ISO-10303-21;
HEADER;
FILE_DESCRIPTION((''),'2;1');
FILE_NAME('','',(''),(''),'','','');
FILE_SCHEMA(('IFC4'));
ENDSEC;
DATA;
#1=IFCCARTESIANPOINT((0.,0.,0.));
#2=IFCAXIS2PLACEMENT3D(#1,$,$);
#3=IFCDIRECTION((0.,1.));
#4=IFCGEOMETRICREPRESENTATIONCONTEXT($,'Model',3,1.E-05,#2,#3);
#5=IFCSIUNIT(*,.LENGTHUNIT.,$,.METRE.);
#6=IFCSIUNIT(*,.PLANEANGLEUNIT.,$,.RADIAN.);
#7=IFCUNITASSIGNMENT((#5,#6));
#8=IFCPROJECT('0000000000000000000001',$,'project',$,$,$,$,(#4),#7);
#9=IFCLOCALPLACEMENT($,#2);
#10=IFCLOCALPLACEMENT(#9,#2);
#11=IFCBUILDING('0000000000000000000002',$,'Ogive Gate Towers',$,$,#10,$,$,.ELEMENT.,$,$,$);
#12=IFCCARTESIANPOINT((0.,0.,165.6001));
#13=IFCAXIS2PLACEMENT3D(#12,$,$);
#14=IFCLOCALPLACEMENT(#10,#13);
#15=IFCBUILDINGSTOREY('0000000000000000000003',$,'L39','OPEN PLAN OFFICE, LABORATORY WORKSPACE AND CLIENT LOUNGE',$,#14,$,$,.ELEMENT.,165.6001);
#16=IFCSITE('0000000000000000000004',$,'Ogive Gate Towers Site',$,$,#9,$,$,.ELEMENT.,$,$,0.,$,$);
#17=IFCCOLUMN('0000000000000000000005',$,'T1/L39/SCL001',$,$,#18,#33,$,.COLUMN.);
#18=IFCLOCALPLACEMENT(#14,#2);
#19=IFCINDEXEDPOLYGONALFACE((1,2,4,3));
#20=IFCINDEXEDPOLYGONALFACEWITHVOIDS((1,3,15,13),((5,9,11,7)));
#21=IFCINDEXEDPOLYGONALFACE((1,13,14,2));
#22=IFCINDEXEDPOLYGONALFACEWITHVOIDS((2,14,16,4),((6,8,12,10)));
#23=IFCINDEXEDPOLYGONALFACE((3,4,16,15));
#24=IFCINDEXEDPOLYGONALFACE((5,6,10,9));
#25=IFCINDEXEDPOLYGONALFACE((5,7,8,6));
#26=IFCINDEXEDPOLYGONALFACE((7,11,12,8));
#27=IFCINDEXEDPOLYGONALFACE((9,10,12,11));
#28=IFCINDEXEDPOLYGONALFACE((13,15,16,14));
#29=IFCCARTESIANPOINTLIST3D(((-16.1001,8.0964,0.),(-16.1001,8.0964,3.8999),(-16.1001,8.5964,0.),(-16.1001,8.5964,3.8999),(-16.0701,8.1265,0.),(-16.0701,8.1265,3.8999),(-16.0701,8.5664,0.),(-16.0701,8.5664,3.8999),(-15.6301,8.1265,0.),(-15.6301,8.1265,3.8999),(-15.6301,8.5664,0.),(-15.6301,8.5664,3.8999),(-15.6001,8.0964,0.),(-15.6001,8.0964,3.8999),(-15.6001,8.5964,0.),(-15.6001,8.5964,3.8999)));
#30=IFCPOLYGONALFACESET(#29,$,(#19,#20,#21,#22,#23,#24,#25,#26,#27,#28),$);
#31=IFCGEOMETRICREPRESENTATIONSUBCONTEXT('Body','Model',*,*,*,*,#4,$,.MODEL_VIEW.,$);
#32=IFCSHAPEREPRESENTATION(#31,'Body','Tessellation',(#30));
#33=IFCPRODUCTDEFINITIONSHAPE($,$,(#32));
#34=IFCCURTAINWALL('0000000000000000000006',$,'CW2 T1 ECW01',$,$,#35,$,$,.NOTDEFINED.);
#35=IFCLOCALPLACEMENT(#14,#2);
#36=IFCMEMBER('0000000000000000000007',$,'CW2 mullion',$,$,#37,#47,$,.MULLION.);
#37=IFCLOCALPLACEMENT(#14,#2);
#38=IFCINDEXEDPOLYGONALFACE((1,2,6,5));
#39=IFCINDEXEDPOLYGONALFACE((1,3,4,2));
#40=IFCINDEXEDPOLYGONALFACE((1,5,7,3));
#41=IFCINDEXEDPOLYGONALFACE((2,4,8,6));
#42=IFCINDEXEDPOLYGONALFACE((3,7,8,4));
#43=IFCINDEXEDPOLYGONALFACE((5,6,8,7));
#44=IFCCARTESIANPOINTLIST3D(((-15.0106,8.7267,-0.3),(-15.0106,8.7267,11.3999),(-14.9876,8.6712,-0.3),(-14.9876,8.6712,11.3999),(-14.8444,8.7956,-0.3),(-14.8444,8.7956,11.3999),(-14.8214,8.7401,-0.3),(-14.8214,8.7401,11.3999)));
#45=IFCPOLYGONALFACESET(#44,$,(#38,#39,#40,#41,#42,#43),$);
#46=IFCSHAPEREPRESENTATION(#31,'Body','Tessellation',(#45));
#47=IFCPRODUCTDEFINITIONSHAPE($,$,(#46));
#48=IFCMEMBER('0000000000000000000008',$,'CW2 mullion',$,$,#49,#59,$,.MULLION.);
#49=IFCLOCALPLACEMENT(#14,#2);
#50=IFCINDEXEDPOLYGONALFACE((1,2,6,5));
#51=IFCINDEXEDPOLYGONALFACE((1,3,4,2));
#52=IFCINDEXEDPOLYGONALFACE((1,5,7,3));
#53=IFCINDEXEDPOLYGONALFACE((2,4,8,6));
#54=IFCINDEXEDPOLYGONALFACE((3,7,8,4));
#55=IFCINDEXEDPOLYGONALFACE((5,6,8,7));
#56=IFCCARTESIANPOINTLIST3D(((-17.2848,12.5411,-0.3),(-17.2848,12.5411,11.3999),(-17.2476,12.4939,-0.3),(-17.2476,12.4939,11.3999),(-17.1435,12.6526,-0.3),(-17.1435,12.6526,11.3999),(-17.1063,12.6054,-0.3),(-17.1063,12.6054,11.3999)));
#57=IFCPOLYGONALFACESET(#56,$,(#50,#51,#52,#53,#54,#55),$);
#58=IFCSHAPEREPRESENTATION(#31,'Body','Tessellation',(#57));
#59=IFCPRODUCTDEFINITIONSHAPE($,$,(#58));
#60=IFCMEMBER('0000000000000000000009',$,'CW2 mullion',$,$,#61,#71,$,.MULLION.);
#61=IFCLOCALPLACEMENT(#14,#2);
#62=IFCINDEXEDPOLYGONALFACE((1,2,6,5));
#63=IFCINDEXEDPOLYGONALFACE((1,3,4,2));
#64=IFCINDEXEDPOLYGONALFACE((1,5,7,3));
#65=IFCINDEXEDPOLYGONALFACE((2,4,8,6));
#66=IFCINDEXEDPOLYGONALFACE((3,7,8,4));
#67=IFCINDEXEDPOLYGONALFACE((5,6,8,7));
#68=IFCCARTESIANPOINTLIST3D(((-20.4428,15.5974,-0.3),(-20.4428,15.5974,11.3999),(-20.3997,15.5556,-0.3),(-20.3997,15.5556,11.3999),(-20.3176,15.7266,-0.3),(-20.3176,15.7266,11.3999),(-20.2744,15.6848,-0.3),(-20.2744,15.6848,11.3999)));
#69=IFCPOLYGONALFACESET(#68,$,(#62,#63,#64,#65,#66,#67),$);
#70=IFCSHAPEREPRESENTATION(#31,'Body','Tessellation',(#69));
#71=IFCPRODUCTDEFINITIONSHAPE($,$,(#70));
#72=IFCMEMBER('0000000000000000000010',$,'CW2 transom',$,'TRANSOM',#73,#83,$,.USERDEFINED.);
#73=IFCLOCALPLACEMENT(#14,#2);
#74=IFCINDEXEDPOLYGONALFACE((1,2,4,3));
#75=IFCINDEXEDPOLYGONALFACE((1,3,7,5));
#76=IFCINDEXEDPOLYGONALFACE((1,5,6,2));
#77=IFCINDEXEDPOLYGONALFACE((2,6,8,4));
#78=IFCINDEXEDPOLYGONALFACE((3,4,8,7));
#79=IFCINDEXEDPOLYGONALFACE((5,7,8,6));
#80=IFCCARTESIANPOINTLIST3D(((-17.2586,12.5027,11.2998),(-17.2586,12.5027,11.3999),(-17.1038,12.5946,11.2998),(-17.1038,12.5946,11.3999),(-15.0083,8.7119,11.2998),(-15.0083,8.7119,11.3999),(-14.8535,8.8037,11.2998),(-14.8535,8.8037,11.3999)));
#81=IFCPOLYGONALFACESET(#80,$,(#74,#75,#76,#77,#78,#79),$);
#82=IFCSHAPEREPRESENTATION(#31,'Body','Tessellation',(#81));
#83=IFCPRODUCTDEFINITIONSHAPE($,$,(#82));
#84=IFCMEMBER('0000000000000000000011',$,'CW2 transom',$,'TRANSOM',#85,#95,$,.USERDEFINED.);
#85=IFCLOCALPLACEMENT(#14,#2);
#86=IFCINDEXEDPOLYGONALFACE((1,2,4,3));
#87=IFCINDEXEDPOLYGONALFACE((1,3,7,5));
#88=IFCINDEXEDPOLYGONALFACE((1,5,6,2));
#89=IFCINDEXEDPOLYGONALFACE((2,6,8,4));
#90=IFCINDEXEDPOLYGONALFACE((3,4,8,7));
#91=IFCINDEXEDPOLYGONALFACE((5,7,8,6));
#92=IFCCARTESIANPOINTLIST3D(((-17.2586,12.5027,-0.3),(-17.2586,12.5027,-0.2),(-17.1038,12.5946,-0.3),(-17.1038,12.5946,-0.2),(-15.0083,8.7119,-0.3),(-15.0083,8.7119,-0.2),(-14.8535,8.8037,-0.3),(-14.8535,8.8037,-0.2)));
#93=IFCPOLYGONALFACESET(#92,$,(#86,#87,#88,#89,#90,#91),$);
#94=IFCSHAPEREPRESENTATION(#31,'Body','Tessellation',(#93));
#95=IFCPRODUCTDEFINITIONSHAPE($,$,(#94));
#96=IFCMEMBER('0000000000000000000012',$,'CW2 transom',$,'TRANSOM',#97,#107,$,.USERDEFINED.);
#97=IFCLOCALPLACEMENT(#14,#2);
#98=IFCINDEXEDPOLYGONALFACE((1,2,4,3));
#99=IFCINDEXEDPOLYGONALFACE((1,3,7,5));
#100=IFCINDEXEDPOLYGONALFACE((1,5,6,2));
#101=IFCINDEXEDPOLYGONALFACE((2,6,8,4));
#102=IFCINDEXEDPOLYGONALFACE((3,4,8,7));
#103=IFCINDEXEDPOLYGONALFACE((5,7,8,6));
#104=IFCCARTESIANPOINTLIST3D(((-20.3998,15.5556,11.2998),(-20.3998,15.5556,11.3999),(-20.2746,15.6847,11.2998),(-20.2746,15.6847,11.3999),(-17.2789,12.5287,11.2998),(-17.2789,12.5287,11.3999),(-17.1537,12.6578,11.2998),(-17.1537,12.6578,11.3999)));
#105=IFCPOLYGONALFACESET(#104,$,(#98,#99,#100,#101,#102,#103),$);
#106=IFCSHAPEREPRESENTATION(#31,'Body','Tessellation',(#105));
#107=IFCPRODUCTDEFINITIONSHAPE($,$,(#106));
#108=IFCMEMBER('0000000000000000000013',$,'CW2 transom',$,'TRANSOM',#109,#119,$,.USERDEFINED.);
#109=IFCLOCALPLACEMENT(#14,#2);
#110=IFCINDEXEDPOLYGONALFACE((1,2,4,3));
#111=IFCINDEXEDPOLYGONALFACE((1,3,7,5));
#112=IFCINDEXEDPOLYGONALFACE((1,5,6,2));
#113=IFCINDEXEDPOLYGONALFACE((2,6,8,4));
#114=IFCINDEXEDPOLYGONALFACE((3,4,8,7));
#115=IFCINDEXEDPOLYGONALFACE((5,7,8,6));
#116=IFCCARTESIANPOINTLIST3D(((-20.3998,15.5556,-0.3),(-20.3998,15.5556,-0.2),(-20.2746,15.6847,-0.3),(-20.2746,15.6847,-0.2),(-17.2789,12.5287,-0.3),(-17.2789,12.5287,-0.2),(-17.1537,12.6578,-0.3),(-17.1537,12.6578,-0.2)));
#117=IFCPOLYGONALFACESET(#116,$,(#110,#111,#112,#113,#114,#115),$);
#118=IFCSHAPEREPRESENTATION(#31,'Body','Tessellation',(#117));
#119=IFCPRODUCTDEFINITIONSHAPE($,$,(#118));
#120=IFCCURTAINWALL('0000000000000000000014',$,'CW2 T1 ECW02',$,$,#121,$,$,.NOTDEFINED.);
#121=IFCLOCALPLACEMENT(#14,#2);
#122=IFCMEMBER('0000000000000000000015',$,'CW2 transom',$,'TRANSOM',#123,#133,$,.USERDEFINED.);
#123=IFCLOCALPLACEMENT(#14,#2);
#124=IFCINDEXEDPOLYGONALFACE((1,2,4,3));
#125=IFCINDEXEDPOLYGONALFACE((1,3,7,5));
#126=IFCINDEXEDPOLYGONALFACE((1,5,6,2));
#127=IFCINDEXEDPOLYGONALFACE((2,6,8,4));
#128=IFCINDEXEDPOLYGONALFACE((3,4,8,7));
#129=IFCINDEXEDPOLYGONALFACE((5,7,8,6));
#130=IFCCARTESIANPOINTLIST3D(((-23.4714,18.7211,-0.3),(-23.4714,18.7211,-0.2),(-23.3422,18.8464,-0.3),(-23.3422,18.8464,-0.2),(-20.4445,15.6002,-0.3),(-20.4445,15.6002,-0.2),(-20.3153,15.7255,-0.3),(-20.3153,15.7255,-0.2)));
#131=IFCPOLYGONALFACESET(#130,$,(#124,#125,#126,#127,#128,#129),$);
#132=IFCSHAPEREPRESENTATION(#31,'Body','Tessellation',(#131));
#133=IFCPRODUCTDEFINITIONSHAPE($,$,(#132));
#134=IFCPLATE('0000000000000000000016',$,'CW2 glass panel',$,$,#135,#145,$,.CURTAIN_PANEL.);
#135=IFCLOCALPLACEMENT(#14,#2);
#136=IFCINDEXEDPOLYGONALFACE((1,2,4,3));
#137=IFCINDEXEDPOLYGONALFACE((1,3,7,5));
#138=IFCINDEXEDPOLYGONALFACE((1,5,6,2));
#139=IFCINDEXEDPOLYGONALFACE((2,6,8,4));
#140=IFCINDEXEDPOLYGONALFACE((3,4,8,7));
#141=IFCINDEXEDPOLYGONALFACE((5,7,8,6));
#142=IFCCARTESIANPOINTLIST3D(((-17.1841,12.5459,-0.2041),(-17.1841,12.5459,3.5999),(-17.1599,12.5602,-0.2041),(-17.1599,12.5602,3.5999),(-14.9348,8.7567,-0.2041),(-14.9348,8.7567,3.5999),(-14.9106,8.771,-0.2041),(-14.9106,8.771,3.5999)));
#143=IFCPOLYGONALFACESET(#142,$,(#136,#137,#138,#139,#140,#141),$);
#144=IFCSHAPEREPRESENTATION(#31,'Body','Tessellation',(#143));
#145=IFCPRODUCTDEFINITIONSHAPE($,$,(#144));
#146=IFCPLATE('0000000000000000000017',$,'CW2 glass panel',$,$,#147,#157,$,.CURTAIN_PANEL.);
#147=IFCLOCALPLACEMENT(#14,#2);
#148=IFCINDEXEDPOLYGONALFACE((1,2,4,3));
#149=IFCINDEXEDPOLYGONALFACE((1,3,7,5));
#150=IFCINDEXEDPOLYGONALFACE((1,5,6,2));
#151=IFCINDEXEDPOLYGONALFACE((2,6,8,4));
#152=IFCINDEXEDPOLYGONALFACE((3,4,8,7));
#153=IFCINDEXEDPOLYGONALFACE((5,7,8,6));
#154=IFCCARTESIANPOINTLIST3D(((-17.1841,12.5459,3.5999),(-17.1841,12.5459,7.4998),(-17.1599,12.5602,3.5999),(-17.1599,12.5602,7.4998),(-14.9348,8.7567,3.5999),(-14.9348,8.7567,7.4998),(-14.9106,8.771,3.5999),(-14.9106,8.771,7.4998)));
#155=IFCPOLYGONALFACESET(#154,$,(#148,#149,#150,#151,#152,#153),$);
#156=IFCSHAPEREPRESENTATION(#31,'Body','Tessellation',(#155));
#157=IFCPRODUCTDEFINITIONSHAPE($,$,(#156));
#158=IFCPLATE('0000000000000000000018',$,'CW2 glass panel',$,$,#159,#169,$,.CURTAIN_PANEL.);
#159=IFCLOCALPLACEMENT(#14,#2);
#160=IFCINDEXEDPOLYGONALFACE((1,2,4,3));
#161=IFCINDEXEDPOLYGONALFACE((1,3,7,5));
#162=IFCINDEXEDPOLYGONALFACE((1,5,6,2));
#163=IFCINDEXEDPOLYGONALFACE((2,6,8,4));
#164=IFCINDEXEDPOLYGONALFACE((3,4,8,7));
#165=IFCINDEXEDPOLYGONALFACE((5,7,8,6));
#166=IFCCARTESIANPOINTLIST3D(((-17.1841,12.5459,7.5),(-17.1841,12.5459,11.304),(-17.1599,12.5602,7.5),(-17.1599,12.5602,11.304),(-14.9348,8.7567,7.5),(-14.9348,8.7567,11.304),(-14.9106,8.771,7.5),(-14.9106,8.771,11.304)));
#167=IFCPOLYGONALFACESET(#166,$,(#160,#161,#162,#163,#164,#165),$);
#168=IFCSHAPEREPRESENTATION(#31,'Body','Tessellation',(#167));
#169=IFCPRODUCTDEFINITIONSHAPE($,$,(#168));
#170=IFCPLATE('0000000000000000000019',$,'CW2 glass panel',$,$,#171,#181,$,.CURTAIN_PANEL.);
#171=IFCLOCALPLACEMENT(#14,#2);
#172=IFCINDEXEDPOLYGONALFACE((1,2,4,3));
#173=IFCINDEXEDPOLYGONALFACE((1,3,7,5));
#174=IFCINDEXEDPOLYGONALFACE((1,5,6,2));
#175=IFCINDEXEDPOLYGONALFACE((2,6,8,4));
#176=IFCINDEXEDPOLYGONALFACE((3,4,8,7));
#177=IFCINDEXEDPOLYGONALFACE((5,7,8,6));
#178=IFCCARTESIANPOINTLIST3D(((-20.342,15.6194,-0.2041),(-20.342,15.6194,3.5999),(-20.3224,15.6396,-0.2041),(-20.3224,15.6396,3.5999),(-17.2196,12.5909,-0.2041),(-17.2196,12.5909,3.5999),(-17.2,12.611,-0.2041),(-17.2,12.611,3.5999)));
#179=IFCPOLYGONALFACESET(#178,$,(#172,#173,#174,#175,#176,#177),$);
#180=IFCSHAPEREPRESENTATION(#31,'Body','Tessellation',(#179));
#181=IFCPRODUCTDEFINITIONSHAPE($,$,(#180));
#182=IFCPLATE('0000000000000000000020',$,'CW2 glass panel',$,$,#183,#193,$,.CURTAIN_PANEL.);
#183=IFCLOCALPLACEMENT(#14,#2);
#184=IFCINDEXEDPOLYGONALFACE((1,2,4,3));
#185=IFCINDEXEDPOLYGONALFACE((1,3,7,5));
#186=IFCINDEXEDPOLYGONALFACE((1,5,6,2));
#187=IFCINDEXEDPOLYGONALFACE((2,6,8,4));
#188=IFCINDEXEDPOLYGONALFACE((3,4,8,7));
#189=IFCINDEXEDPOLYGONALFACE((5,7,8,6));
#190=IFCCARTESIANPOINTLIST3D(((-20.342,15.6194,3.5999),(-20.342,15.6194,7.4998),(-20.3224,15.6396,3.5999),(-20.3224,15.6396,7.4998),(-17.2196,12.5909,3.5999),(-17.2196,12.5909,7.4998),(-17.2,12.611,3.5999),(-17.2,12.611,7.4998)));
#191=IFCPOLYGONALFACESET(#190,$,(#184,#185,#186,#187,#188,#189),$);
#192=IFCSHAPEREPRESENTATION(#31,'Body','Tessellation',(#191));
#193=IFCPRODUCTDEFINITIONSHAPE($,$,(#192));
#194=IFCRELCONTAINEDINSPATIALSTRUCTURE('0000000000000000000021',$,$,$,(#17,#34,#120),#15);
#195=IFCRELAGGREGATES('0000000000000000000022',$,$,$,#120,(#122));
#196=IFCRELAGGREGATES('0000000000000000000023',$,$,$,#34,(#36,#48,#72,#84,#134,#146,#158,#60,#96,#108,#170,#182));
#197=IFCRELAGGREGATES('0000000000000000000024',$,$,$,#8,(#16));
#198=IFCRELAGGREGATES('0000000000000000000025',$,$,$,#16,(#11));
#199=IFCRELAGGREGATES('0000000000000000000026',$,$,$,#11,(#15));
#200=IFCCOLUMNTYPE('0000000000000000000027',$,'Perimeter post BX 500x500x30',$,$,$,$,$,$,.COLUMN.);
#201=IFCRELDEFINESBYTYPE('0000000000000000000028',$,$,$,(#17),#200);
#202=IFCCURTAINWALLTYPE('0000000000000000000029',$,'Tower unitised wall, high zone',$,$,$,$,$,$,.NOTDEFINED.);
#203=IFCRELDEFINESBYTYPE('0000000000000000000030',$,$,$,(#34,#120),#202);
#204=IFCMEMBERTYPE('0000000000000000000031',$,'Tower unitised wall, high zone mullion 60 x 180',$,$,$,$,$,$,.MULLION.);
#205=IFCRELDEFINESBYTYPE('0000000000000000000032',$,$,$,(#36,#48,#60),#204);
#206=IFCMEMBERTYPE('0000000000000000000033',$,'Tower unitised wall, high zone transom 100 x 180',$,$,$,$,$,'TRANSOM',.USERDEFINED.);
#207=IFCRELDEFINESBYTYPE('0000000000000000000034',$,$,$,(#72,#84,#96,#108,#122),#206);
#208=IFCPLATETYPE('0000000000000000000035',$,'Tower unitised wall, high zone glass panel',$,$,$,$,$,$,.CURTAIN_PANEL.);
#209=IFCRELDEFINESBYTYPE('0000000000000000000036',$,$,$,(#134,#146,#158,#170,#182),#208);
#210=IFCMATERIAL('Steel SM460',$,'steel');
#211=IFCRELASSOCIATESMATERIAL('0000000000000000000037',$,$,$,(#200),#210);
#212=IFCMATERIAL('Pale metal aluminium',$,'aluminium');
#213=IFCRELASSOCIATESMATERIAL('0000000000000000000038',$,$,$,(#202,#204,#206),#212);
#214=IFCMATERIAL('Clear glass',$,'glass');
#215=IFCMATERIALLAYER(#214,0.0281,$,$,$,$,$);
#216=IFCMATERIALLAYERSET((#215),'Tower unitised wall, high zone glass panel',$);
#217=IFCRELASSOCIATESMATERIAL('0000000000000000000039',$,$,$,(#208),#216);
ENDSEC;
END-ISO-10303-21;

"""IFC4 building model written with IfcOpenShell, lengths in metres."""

from ifc_helpers import new_model, si_unit, direction, frame, origin, origin_2d, place, context, subcontext, project, spatial, rectangle, hollow_rectangle, extrude, material, layer, layer_set, material_profile, profile_set, type_object, element, aggregate, save


model = new_model("IFC4")

# Units and contexts
model_context = context("Model", 3, precision=1e-05, world=origin(), true_north=direction((0.0, 1.0)))
body_context = subcontext(model_context, "Body", "Model", "MODEL_VIEW")
ifc_project = project(units=[si_unit("LENGTHUNIT", "METRE"), si_unit("PLANEANGLEUNIT", "RADIAN")], contexts=[model_context])

# Site, building, storey
site_placement = place(None, origin())
site = spatial("IfcSite", under=ifc_project, at=site_placement, Name="Ogive Gate Towers Site", CompositionType="ELEMENT", RefElevation=0.0)
building_placement = place(site_placement, origin())
building = spatial("IfcBuilding", under=site, at=building_placement, Name="Ogive Gate Towers", CompositionType="ELEMENT")
storey_placement = place(building_placement, frame((0.0, 0.0, 165.6001)))
storey = spatial("IfcBuildingStorey", under=building, at=storey_placement, Name="L39", Description="OPEN PLAN OFFICE, LABORATORY WORKSPACE AND CLIENT LOUNGE", CompositionType="ELEMENT", Elevation=165.6001)

# Column
ifc_material_1 = material(Name="Steel SM460", Category="steel")
ifc_material_profile_1 = material_profile(ifc_material_1, hollow_rectangle(XDim=0.5, YDim=0.5, WallThickness=0.03, at=origin_2d()), Name="BX 500x500x30")
ifc_profile_set_1 = profile_set([ifc_material_profile_1], Name="Steel SM460")
column_type = type_object("IfcColumnType", Name="Perimeter post BX 500x500x30", PredefinedType="COLUMN", material=ifc_profile_set_1)
column_placement = place(storey_placement, frame((-15.8501, 8.3464, 0.0), z_axis=(0.0, 0.0, 1.0), x_axis=(1.0, 0.0, 0.0)))
element("IfcColumn", 1, at=column_placement, inside=storey, type_object=column_type, Name="T1/L39/SCL001", PredefinedType="COLUMN", context=body_context, shape_type="SweptSolid", body=[
    extrude(hollow_rectangle(XDim=0.5, YDim=0.5, WallThickness=0.03, at=origin_2d()), origin(), (0.0, 0.0, 1.0), 3.8999),
])

# Curtain wall, members
ifc_material_2 = material(Name="Pale metal aluminium", Category="aluminium")
curtain_wall_type = type_object("IfcCurtainWallType", Name="Tower unitised wall, high zone", PredefinedType="NOTDEFINED", material=ifc_material_2)
curtain_wall_1_placement = place(storey_placement, origin())
curtain_wall_1 = element("IfcCurtainWall", 2, at=curtain_wall_1_placement, inside=storey, type_object=curtain_wall_type, Name="CW2 T1 ECW01", PredefinedType="NOTDEFINED")
ifc_material_profile_2 = material_profile(ifc_material_2, rectangle(XDim=0.1799, YDim=0.0601, at=origin_2d()), Name="60 x 180 aluminium box")
ifc_profile_set_2 = profile_set([ifc_material_profile_2], Name="Pale metal aluminium")
member_type_1 = type_object("IfcMemberType", Name="Tower unitised wall, high zone mullion 60 x 180", PredefinedType="MULLION", material=ifc_profile_set_2)
member_1_placement = place(storey_placement, frame((-14.916, 8.7334, -0.3), z_axis=(0.0, 0.0, 1.0), x_axis=(0.92388, 0.382683, 0.0)))
member_1 = element("IfcMember", 3, at=member_1_placement, type_object=member_type_1, Name="CW2 mullion", PredefinedType="MULLION", context=body_context, shape_type="SweptSolid", body=[
    extrude(rectangle(XDim=0.1799, YDim=0.0601, at=origin_2d()), origin(), (0.0, 0.0, 1.0), 11.7),
])
member_2_placement = place(storey_placement, frame((-17.1956, 12.5732, -0.3), z_axis=(0.0, 0.0, 1.0), x_axis=(0.784949, 0.61956, 0.0)))
member_2 = element("IfcMember", 4, at=member_2_placement, type_object=member_type_1, Name="CW2 mullion", PredefinedType="MULLION", context=body_context, shape_type="SweptSolid", body=[
    extrude(rectangle(XDim=0.1799, YDim=0.0601, at=origin_2d()), origin(), (0.0, 0.0, 1.0), 11.7),
])
member_3_placement = place(storey_placement, frame((-20.3586, 15.6411, -0.3), z_axis=(0.0, 0.0, 1.0), x_axis=(0.696239, 0.71781, 0.0)))
member_3 = element("IfcMember", 5, at=member_3_placement, type_object=member_type_1, Name="CW2 mullion", PredefinedType="MULLION", context=body_context, shape_type="SweptSolid", body=[
    extrude(rectangle(XDim=0.1799, YDim=0.0601, at=origin_2d()), origin(), (0.0, 0.0, 1.0), 11.7),
])
ifc_material_profile_3 = material_profile(ifc_material_2, rectangle(XDim=0.1799, YDim=0.1001, at=origin_2d()), Name="100 x 180 aluminium box")
ifc_profile_set_3 = profile_set([ifc_material_profile_3], Name="Pale metal aluminium")
member_type_2 = type_object("IfcMemberType", Name="Tower unitised wall, high zone transom 100 x 180", ElementType="TRANSOM", PredefinedType="USERDEFINED", material=ifc_profile_set_3)
member_4_placement = place(storey_placement, frame((-14.9309, 8.7578, 11.3499), z_axis=(-0.51045, 0.859907, 0.0), x_axis=(-0.859907, -0.51045, 0.0)))
member_4 = element("IfcMember", 6, at=member_4_placement, type_object=member_type_2, Name="CW2 transom", ObjectType="TRANSOM", PredefinedType="USERDEFINED", context=body_context, shape_type="SweptSolid", body=[
    extrude(rectangle(XDim=0.1799, YDim=0.1001, at=origin_2d()), origin(), (0.0, 0.0, 1.0), 4.4084),
])
member_5_placement = place(storey_placement, frame((-14.9309, 8.7578, -0.25), z_axis=(-0.51045, 0.859907, 0.0), x_axis=(-0.859907, -0.51045, 0.0)))
member_5 = element("IfcMember", 7, at=member_5_placement, type_object=member_type_2, Name="CW2 transom", ObjectType="TRANSOM", PredefinedType="USERDEFINED", context=body_context, shape_type="SweptSolid", body=[
    extrude(rectangle(XDim=0.1799, YDim=0.1001, at=origin_2d()), origin(), (0.0, 0.0, 1.0), 4.4084),
])
member_6_placement = place(storey_placement, frame((-17.2163, 12.5933, 11.3499), z_axis=(-0.717834, 0.696214, 0.0), x_axis=(-0.696214, -0.717834, 0.0)))
member_6 = element("IfcMember", 8, at=member_6_placement, type_object=member_type_2, Name="CW2 transom", ObjectType="TRANSOM", PredefinedType="USERDEFINED", context=body_context, shape_type="SweptSolid", body=[
    extrude(rectangle(XDim=0.1799, YDim=0.1001, at=origin_2d()), origin(), (0.0, 0.0, 1.0), 4.3477),
])
member_7_placement = place(storey_placement, frame((-17.2163, 12.5933, -0.25), z_axis=(-0.717834, 0.696214, 0.0), x_axis=(-0.696214, -0.717834, 0.0)))
member_7 = element("IfcMember", 9, at=member_7_placement, type_object=member_type_2, Name="CW2 transom", ObjectType="TRANSOM", PredefinedType="USERDEFINED", context=body_context, shape_type="SweptSolid", body=[
    extrude(rectangle(XDim=0.1799, YDim=0.1001, at=origin_2d()), origin(), (0.0, 0.0, 1.0), 4.3477),
])

# Curtain wall, member
curtain_wall_2_placement = place(storey_placement, origin())
curtain_wall_2 = element("IfcCurtainWall", 10, at=curtain_wall_2_placement, inside=storey, type_object=curtain_wall_type, Name="CW2 T1 ECW02", PredefinedType="NOTDEFINED")
member_8_placement = place(storey_placement, frame((-20.3799, 15.6628, -0.25), z_axis=(-0.696214, 0.717834, 0.0), x_axis=(-0.717834, -0.696214, 0.0)))
member_8 = element("IfcMember", 11, at=member_8_placement, type_object=member_type_2, Name="CW2 transom", ObjectType="TRANSOM", PredefinedType="USERDEFINED", context=body_context, shape_type="SweptSolid", body=[
    extrude(rectangle(XDim=0.1799, YDim=0.1001, at=origin_2d()), origin(), (0.0, 0.0, 1.0), 4.3477),
])
aggregate(curtain_wall_2, [member_8])

# Plates
ifc_material_3 = material(Name="Clear glass", Category="glass")
ifc_layer_1 = layer(ifc_material_3, 0.0281)
ifc_layer_set_1 = layer_set([ifc_layer_1], Name="Tower unitised wall, high zone glass panel")
plate_type = type_object("IfcPlateType", Name="Tower unitised wall, high zone glass panel", PredefinedType="CURTAIN_PANEL", material=ifc_layer_set_1)
plate_1_placement = place(storey_placement, frame((-16.0474, 10.6584, -0.2041), z_axis=(0.0, 0.0, 1.0), x_axis=(-0.510453, 0.859906, 0.0)))
plate_1 = element("IfcPlate", 12, at=plate_1_placement, type_object=plate_type, Name="CW2 glass panel", PredefinedType="CURTAIN_PANEL", context=body_context, shape_type="SweptSolid", body=[
    extrude(rectangle(XDim=4.4065, YDim=0.0281, at=origin_2d()), origin(), (0.0, 0.0, 1.0), 3.804),
])
plate_2_placement = place(storey_placement, frame((-16.0474, 10.6584, 3.5999), z_axis=(0.0, 0.0, 1.0), x_axis=(-0.510453, 0.859906, 0.0)))
plate_2 = element("IfcPlate", 13, at=plate_2_placement, type_object=plate_type, Name="CW2 glass panel", PredefinedType="CURTAIN_PANEL", context=body_context, shape_type="SweptSolid", body=[
    extrude(rectangle(XDim=4.4065, YDim=0.0281, at=origin_2d()), origin(), (0.0, 0.0, 1.0), 3.8999),
])
plate_3_placement = place(storey_placement, frame((-16.0474, 10.6584, 7.5), z_axis=(0.0, 0.0, 1.0), x_axis=(-0.510453, 0.859906, 0.0)))
plate_3 = element("IfcPlate", 14, at=plate_3_placement, type_object=plate_type, Name="CW2 glass panel", PredefinedType="CURTAIN_PANEL", context=body_context, shape_type="SweptSolid", body=[
    extrude(rectangle(XDim=4.4065, YDim=0.0281, at=origin_2d()), origin(), (0.0, 0.0, 1.0), 3.804),
])
plate_4_placement = place(storey_placement, frame((-18.771, 14.1152, -0.2041), z_axis=(0.0, 0.0, 1.0), x_axis=(-0.71781, 0.696239, 0.0)))
plate_4 = element("IfcPlate", 15, at=plate_4_placement, type_object=plate_type, Name="CW2 glass panel", PredefinedType="CURTAIN_PANEL", context=body_context, shape_type="SweptSolid", body=[
    extrude(rectangle(XDim=4.3499, YDim=0.0281, at=origin_2d()), origin(), (0.0, 0.0, 1.0), 3.804),
])
plate_5_placement = place(storey_placement, frame((-18.771, 14.1152, 3.5999), z_axis=(0.0, 0.0, 1.0), x_axis=(-0.71781, 0.696239, 0.0)))
plate_5 = element("IfcPlate", 16, at=plate_5_placement, type_object=plate_type, Name="CW2 glass panel", PredefinedType="CURTAIN_PANEL", context=body_context, shape_type="SweptSolid", body=[
    extrude(rectangle(XDim=4.3499, YDim=0.0281, at=origin_2d()), origin(), (0.0, 0.0, 1.0), 3.8999),
])
aggregate(curtain_wall_1, [member_1, member_2, member_4, member_5, plate_1, plate_2, plate_3, member_3, member_6, member_7, plate_4, plate_5])

save(model, "model.ifc")
